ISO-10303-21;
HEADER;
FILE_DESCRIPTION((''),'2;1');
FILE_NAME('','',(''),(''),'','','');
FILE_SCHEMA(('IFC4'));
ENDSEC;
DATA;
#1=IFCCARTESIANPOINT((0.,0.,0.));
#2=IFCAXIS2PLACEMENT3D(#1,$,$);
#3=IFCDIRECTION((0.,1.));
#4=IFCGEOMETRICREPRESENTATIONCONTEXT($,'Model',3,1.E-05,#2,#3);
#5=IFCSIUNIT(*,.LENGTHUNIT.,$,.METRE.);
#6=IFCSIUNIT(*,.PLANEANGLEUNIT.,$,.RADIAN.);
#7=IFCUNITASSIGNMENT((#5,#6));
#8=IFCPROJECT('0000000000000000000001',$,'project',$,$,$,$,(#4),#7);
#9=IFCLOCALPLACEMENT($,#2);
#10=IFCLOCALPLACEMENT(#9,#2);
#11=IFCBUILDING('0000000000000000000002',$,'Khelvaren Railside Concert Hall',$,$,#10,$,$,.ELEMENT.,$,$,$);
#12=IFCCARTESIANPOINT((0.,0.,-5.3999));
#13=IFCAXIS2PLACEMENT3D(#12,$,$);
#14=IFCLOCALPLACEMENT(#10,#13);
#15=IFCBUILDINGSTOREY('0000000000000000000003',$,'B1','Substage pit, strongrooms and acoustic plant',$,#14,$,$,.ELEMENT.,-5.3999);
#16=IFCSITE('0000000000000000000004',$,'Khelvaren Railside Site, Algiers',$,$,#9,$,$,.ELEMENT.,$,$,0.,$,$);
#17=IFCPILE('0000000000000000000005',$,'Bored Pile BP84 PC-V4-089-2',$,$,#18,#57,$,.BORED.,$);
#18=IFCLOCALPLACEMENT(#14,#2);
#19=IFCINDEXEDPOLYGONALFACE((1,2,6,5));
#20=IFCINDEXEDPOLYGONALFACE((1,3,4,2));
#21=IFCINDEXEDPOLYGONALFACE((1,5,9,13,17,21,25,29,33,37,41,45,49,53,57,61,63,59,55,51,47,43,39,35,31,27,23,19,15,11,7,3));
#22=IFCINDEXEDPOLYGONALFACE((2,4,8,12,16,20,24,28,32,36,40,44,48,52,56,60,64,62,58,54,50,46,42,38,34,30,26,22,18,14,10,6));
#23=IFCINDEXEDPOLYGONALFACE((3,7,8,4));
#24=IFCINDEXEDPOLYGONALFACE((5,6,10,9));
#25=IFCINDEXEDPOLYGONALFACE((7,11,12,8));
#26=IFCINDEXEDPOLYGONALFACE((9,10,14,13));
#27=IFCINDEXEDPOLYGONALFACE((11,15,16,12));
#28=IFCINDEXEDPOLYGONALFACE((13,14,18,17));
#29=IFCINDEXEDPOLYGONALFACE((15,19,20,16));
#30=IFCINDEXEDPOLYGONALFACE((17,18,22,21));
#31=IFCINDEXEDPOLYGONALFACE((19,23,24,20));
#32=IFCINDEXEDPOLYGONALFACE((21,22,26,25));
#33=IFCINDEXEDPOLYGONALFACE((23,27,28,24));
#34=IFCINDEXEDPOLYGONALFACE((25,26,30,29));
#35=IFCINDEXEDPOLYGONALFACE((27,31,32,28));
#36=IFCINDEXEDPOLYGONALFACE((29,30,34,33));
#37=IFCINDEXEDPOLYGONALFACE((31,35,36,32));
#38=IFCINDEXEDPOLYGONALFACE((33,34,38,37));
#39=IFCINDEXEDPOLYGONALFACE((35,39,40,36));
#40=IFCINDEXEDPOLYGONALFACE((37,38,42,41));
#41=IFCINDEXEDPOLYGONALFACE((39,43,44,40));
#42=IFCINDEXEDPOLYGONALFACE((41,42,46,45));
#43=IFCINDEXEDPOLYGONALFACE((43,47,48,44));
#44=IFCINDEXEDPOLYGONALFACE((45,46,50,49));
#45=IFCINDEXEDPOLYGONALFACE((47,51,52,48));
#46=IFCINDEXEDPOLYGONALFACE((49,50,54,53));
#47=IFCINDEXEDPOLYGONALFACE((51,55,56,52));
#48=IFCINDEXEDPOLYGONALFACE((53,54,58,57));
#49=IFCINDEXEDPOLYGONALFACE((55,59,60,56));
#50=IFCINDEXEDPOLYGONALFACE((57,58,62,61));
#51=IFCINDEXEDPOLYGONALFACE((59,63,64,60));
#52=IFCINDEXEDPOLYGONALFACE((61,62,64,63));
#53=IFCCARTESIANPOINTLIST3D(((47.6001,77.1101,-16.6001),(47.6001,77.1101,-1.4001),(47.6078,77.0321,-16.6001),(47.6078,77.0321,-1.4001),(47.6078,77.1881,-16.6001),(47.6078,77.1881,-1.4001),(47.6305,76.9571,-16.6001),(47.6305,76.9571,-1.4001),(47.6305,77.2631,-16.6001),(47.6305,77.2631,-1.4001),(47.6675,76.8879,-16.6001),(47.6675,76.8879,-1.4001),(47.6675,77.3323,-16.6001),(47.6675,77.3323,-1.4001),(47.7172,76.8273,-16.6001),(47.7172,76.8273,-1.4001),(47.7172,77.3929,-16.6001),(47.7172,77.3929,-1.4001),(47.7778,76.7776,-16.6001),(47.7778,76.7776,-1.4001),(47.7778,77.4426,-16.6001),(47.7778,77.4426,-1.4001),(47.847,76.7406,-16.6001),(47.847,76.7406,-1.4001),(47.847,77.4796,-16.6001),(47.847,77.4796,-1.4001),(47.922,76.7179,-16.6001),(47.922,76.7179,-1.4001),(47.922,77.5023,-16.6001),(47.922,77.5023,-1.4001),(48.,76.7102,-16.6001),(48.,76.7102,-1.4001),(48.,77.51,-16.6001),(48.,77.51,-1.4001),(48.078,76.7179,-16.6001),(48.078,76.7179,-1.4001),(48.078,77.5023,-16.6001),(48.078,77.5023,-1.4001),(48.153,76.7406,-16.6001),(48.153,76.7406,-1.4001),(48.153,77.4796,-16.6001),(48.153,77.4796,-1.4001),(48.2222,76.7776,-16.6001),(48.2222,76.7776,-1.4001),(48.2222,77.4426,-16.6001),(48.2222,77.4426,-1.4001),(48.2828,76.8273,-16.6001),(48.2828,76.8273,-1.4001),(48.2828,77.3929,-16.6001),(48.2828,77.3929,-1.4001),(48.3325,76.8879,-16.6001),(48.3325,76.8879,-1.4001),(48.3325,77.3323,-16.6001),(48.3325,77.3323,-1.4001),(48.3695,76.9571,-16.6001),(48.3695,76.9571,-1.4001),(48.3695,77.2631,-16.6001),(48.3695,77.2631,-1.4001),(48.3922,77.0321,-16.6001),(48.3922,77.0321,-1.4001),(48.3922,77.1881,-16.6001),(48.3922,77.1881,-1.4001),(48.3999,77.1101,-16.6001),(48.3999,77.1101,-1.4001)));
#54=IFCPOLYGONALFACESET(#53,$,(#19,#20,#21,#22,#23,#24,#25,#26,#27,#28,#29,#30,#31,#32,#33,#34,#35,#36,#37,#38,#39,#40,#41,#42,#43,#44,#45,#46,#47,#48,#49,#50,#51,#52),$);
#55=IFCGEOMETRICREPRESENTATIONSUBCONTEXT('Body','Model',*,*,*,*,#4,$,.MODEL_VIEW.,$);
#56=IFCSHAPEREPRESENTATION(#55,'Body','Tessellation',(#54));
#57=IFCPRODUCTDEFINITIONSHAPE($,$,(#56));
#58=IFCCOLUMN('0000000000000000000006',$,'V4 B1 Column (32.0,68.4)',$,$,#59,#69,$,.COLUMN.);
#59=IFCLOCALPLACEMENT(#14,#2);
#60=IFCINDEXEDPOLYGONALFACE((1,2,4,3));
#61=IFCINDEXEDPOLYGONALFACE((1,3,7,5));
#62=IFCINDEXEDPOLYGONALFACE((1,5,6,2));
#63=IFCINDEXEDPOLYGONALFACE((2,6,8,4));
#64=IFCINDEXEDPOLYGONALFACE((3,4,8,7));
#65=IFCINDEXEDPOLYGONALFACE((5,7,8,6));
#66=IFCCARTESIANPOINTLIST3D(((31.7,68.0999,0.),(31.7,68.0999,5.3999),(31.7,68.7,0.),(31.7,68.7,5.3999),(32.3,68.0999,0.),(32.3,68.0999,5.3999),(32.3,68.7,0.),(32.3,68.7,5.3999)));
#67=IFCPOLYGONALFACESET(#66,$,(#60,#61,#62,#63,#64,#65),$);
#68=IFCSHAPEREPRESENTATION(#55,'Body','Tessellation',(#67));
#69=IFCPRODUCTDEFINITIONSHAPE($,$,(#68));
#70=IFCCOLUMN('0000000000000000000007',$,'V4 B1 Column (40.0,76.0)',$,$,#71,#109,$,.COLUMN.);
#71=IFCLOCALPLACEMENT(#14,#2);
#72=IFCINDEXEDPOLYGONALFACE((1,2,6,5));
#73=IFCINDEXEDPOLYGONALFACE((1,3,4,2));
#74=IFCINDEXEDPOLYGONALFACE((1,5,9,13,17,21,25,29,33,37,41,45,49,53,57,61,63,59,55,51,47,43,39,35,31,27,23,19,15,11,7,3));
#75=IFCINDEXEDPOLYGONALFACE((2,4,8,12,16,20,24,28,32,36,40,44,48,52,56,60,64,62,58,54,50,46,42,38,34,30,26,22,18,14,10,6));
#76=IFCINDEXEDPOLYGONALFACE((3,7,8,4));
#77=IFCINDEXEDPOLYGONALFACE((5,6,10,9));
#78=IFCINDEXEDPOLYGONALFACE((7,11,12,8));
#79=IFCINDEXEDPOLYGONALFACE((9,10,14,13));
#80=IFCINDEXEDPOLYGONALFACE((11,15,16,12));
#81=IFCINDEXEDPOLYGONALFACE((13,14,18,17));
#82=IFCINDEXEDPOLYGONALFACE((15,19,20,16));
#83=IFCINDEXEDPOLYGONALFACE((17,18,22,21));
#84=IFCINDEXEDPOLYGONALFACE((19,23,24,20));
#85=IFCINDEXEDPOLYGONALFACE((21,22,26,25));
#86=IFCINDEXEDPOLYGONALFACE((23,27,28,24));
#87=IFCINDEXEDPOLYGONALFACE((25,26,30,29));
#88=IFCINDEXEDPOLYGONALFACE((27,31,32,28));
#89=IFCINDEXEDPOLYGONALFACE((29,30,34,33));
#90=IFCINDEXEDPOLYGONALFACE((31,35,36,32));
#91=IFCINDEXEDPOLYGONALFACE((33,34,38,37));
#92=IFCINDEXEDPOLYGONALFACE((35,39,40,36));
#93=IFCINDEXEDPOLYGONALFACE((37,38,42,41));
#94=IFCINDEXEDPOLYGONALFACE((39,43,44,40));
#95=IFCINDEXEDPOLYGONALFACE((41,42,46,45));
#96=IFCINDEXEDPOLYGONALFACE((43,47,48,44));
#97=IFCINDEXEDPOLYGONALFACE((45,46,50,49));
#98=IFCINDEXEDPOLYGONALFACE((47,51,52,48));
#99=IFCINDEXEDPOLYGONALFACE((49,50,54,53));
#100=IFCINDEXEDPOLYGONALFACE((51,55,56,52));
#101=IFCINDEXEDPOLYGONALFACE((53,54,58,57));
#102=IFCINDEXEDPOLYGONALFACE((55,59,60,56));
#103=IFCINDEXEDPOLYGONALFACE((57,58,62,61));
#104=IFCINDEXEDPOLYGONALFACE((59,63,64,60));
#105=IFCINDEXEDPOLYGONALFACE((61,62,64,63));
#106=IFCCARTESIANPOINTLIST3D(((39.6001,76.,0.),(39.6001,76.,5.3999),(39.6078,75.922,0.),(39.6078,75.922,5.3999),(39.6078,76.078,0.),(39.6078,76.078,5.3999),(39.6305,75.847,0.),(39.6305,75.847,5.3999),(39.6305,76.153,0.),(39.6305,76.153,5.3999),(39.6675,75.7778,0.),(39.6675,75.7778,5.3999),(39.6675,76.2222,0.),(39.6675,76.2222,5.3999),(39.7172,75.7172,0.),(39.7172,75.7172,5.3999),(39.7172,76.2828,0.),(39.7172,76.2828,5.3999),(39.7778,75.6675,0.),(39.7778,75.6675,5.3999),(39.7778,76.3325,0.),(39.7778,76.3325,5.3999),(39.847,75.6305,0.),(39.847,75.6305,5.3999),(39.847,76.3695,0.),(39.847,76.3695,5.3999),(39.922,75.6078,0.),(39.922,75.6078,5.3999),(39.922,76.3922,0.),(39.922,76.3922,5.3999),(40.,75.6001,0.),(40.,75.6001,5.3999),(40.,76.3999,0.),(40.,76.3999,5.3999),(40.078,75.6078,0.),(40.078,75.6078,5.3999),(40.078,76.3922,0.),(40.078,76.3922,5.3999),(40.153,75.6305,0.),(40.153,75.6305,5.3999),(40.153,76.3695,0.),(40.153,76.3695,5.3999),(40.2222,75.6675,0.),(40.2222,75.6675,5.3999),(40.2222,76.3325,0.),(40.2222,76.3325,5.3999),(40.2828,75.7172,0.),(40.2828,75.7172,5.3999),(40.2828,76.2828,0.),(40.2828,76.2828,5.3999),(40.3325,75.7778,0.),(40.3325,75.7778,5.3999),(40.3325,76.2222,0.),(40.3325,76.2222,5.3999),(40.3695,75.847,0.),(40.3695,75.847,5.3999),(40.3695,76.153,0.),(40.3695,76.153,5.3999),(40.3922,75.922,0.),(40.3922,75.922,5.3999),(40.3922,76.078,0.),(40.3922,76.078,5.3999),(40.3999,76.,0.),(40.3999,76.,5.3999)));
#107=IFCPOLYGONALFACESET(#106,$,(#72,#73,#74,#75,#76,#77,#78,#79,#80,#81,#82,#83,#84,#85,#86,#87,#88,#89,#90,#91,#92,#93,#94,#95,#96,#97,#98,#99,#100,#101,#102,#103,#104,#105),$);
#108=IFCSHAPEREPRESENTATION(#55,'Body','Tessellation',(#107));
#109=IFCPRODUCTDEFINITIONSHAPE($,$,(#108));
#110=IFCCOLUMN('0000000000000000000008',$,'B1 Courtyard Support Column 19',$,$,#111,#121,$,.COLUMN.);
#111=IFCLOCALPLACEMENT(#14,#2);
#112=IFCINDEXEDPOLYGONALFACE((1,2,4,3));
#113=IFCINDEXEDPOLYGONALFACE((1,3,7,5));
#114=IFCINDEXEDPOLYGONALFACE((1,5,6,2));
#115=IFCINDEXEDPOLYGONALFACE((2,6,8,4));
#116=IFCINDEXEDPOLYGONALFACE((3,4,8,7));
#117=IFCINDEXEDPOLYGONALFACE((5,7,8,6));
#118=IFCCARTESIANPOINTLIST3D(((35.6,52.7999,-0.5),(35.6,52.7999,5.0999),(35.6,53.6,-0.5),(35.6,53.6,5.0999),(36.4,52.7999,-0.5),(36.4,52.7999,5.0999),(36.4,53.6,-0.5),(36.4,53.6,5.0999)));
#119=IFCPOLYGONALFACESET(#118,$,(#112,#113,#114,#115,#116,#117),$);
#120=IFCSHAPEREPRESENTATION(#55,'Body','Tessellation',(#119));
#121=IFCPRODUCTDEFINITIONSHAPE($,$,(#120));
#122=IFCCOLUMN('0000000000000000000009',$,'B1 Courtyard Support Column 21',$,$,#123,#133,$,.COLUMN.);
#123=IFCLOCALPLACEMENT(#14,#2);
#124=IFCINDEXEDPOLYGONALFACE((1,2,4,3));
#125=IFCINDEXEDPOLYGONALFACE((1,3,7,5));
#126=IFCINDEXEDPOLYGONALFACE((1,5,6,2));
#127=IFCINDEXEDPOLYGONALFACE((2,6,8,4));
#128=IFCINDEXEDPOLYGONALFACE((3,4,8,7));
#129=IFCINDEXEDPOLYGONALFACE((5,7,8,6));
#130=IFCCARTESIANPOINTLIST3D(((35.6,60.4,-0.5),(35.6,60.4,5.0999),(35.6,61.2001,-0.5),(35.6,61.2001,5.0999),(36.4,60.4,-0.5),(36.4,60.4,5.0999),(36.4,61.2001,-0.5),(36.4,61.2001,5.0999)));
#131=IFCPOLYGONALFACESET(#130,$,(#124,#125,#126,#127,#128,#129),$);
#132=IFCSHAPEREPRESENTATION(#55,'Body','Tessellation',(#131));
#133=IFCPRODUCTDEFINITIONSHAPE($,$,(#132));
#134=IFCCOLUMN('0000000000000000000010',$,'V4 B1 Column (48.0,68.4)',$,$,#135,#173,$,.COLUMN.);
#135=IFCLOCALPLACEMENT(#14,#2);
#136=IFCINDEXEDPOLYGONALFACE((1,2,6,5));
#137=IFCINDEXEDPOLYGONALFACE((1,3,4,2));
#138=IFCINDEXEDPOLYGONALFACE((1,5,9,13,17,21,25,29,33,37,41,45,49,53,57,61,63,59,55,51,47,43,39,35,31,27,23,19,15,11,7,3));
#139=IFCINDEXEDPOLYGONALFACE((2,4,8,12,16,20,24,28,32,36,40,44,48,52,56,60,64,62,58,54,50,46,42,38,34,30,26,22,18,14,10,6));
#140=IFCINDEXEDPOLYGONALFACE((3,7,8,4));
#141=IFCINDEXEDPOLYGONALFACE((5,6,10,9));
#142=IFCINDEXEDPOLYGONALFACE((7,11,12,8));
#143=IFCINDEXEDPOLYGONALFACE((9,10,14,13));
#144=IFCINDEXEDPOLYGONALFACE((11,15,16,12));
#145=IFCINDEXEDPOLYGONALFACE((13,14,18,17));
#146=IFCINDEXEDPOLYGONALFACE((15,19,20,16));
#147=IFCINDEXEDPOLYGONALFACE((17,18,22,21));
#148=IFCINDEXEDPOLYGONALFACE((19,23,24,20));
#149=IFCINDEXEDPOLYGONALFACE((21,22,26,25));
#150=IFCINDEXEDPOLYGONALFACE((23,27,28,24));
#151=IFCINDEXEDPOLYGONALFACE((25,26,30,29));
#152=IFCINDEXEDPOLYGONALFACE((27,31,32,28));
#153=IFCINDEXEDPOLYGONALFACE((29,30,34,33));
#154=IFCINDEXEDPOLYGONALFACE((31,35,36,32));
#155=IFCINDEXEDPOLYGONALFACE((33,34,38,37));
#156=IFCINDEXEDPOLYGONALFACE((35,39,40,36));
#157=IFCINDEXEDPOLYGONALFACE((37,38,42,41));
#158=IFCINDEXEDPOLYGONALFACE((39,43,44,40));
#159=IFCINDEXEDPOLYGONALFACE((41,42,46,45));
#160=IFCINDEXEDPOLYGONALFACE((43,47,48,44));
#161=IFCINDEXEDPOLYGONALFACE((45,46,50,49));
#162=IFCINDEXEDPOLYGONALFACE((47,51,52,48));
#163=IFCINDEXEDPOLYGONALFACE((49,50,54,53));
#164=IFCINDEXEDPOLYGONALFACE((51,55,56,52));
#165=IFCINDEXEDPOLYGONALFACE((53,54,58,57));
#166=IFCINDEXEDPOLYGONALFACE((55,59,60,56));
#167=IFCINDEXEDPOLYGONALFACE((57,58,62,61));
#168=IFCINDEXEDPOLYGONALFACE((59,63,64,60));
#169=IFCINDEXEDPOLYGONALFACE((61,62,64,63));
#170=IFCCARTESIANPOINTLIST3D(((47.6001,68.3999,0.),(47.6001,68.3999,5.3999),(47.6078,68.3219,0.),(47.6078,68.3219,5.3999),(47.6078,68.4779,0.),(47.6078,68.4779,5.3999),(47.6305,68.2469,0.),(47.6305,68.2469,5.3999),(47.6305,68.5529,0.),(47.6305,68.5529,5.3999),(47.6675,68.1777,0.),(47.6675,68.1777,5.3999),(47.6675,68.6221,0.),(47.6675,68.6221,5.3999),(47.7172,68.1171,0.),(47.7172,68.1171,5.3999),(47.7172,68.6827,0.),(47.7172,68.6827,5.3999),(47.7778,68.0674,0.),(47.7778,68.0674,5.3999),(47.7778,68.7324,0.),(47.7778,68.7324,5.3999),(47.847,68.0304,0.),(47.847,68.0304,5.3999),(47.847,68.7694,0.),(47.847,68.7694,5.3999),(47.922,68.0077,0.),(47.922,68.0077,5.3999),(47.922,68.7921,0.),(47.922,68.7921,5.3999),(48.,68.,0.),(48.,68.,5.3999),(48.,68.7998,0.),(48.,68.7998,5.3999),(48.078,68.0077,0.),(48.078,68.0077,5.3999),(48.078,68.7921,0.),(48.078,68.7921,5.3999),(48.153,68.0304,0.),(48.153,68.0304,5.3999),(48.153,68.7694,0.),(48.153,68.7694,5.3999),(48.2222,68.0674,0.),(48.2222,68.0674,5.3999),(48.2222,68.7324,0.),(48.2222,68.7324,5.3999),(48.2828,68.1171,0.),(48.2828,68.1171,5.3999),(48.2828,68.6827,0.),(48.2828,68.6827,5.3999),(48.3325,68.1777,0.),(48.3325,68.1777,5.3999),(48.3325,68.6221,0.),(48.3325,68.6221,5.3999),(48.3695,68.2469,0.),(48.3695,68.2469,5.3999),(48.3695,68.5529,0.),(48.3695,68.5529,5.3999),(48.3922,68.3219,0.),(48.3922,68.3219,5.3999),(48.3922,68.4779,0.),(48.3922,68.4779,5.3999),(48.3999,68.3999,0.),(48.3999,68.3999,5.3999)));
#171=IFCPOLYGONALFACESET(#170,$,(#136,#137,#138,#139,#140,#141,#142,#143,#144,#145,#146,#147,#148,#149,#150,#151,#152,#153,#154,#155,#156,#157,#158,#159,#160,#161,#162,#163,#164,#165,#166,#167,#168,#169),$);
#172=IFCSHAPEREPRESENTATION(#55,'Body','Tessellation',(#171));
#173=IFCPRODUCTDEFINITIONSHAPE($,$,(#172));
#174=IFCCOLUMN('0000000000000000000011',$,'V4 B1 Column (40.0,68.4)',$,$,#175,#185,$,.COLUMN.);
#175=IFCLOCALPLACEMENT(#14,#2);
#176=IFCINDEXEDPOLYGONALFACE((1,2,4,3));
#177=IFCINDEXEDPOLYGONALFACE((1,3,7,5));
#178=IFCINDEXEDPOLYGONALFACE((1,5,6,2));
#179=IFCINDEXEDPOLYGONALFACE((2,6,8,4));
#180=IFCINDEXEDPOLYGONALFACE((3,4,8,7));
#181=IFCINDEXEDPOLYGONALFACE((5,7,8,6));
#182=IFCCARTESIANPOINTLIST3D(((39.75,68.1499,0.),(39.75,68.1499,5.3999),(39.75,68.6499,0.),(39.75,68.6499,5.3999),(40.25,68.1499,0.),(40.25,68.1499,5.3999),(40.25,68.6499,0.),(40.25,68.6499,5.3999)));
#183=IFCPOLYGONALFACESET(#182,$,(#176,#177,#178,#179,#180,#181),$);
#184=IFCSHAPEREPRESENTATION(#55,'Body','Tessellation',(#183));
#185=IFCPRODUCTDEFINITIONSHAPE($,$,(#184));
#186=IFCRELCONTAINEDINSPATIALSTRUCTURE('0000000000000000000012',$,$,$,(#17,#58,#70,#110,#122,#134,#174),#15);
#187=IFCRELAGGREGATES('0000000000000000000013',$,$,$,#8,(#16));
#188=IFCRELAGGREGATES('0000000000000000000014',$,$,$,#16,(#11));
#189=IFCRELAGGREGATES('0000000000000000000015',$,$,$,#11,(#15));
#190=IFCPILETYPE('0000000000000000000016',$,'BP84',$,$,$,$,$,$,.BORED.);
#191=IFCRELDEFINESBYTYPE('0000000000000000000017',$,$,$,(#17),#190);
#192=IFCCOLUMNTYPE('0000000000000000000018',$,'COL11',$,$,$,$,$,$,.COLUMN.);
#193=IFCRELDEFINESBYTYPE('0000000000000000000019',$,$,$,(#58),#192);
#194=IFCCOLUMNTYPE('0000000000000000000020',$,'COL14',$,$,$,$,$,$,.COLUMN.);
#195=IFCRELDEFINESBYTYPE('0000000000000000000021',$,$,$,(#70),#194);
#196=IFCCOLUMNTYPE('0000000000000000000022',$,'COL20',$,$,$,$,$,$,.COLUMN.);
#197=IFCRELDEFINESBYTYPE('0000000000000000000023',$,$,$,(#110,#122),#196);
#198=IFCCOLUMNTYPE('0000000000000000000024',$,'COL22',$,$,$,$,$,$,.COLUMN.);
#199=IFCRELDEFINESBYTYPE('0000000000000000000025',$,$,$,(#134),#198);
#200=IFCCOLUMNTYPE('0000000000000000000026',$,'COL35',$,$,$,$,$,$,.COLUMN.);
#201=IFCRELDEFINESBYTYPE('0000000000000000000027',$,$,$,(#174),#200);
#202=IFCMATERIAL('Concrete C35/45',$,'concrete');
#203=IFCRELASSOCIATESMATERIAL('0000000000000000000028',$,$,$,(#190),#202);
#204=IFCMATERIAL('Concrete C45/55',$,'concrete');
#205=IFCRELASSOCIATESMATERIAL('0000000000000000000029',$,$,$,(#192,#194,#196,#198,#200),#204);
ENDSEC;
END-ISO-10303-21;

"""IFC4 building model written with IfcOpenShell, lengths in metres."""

from ifc_helpers import new_model, si_unit, direction, frame, origin, origin_2d, place, context, subcontext, project, spatial, rectangle, circle, extrude, material, material_profile, profile_set, type_object, element, save


model = new_model("IFC4")

# Units and contexts
model_context = context("Model", 3, precision=1e-05, world=origin(), true_north=direction((0.0, 1.0)))
body_context = subcontext(model_context, "Body", "Model", "MODEL_VIEW")
ifc_project = project(units=[si_unit("LENGTHUNIT", "METRE"), si_unit("PLANEANGLEUNIT", "RADIAN")], contexts=[model_context])

# Site, building, storey
site_placement = place(None, origin())
site = spatial("IfcSite", under=ifc_project, at=site_placement, Name="Khelvaren Railside Site, Algiers", CompositionType="ELEMENT", RefElevation=0.0)
building_placement = place(site_placement, origin())
building = spatial("IfcBuilding", under=site, at=building_placement, Name="Khelvaren Railside Concert Hall", CompositionType="ELEMENT")
storey_placement = place(building_placement, frame((0.0, 0.0, -5.3999)))
storey = spatial("IfcBuildingStorey", under=building, at=storey_placement, Name="B1", Description="Substage pit, strongrooms and acoustic plant", CompositionType="ELEMENT", Elevation=-5.3999)

# Pile
ifc_material_1 = material(Name="Concrete C35/45", Category="concrete")
ifc_material_profile_1 = material_profile(ifc_material_1, circle(Radius=0.3999, at=origin_2d()), Name="BP D800")
ifc_profile_set_1 = profile_set([ifc_material_profile_1], Name="Concrete C35/45")
pile_type_1 = type_object("IfcPileType", Name="BP84", PredefinedType="BORED", material=ifc_profile_set_1)
for number, where, z_axis, x_axis, name in (
    (1, (48.0, 77.1101, -1.4001), (0.0, 0.0, -1.0), (1.0, 0.0, 0.0), "Bored Pile BP84 PC-V4-089-2"),
):
    element("IfcPile", number, at=place(storey_placement, frame(where, z_axis=z_axis, x_axis=x_axis)), inside=storey, type_object=pile_type_1, Name=name, PredefinedType="BORED", context=body_context, shape_type="SweptSolid", body=[
        extrude(circle(Radius=0.3999, at=origin_2d()), origin(), (0.0, 0.0, 1.0), 15.2),
    ])

# Columns
ifc_material_2 = material(Name="Concrete C45/55", Category="concrete")
ifc_material_profile_2 = material_profile(ifc_material_2, rectangle(XDim=0.6001, YDim=0.6001, at=origin_2d()), Name="RC 600x600")
ifc_profile_set_2 = profile_set([ifc_material_profile_2], Name="Concrete C45/55")
column_type_1 = type_object("IfcColumnType", Name="COL11", PredefinedType="COLUMN", material=ifc_profile_set_2)
column_1_placement = place(storey_placement, frame((32.0, 68.3999, 0.0), z_axis=(0.0, 0.0, 1.0), x_axis=(1.0, 0.0, 0.0)))
element("IfcColumn", 2, at=column_1_placement, inside=storey, type_object=column_type_1, Name="V4 B1 Column (32.0,68.4)", PredefinedType="COLUMN", context=body_context, shape_type="SweptSolid", body=[
    extrude(rectangle(XDim=0.6001, YDim=0.6001, at=origin_2d()), origin(), (0.0, 0.0, 1.0), 5.3999),
])
ifc_material_profile_3 = material_profile(ifc_material_2, circle(Radius=0.3999, at=origin_2d()), Name="RC D800")
ifc_profile_set_3 = profile_set([ifc_material_profile_3], Name="Concrete C45/55")
column_type_2 = type_object("IfcColumnType", Name="COL14", PredefinedType="COLUMN", material=ifc_profile_set_3)
column_2_placement = place(storey_placement, frame((40.0, 76.0, 0.0), z_axis=(0.0, 0.0, 1.0), x_axis=(1.0, 0.0, 0.0)))
element("IfcColumn", 3, at=column_2_placement, inside=storey, type_object=column_type_2, Name="V4 B1 Column (40.0,76.0)", PredefinedType="COLUMN", context=body_context, shape_type="SweptSolid", body=[
    extrude(circle(Radius=0.3999, at=origin_2d()), origin(), (0.0, 0.0, 1.0), 5.3999),
])
ifc_material_profile_4 = material_profile(ifc_material_2, rectangle(XDim=0.8, YDim=0.8, at=origin_2d()), Name="RC 800x800")
ifc_profile_set_4 = profile_set([ifc_material_profile_4], Name="Concrete C45/55")
column_type_3 = type_object("IfcColumnType", Name="COL20", PredefinedType="COLUMN", material=ifc_profile_set_4)
for number, where, z_axis, x_axis, name in (
    (4, (36.0, 53.2, -0.5), (0.0, 0.0, 1.0), (1.0, 0.0, 0.0), "B1 Courtyard Support Column 19"),
    (5, (36.0, 60.8, -0.5), (0.0, 0.0, 1.0), (1.0, 0.0, 0.0), "B1 Courtyard Support Column 21"),
):
    element("IfcColumn", number, at=place(storey_placement, frame(where, z_axis=z_axis, x_axis=x_axis)), inside=storey, type_object=column_type_3, Name=name, PredefinedType="COLUMN", context=body_context, shape_type="SweptSolid", body=[
        extrude(rectangle(XDim=0.8, YDim=0.8, at=origin_2d()), origin(), (0.0, 0.0, 1.0), 5.5999),
    ])
ifc_material_profile_5 = material_profile(ifc_material_2, circle(Radius=0.3999, at=origin_2d()), Name="RC D800")
ifc_profile_set_5 = profile_set([ifc_material_profile_5], Name="Concrete C45/55")
column_type_4 = type_object("IfcColumnType", Name="COL22", PredefinedType="COLUMN", material=ifc_profile_set_5)
column_3_placement = place(storey_placement, frame((48.0, 68.3999, 0.0), z_axis=(0.0, 0.0, 1.0), x_axis=(1.0, 0.0, 0.0)))
element("IfcColumn", 6, at=column_3_placement, inside=storey, type_object=column_type_4, Name="V4 B1 Column (48.0,68.4)", PredefinedType="COLUMN", context=body_context, shape_type="SweptSolid", body=[
    extrude(circle(Radius=0.3999, at=origin_2d()), origin(), (0.0, 0.0, 1.0), 5.3999),
])
ifc_material_profile_6 = material_profile(ifc_material_2, rectangle(XDim=0.5, YDim=0.5, at=origin_2d()), Name="RC 500x500")
ifc_profile_set_6 = profile_set([ifc_material_profile_6], Name="Concrete C45/55")
column_type_5 = type_object("IfcColumnType", Name="COL35", PredefinedType="COLUMN", material=ifc_profile_set_6)
column_4_placement = place(storey_placement, frame((40.0, 68.3999, 0.0), z_axis=(0.0, 0.0, 1.0), x_axis=(1.0, 0.0, 0.0)))
element("IfcColumn", 7, at=column_4_placement, inside=storey, type_object=column_type_5, Name="V4 B1 Column (40.0,68.4)", PredefinedType="COLUMN", context=body_context, shape_type="SweptSolid", body=[
    extrude(rectangle(XDim=0.5, YDim=0.5, at=origin_2d()), origin(), (0.0, 0.0, 1.0), 5.3999),
])

save(model, "model.ifc")
